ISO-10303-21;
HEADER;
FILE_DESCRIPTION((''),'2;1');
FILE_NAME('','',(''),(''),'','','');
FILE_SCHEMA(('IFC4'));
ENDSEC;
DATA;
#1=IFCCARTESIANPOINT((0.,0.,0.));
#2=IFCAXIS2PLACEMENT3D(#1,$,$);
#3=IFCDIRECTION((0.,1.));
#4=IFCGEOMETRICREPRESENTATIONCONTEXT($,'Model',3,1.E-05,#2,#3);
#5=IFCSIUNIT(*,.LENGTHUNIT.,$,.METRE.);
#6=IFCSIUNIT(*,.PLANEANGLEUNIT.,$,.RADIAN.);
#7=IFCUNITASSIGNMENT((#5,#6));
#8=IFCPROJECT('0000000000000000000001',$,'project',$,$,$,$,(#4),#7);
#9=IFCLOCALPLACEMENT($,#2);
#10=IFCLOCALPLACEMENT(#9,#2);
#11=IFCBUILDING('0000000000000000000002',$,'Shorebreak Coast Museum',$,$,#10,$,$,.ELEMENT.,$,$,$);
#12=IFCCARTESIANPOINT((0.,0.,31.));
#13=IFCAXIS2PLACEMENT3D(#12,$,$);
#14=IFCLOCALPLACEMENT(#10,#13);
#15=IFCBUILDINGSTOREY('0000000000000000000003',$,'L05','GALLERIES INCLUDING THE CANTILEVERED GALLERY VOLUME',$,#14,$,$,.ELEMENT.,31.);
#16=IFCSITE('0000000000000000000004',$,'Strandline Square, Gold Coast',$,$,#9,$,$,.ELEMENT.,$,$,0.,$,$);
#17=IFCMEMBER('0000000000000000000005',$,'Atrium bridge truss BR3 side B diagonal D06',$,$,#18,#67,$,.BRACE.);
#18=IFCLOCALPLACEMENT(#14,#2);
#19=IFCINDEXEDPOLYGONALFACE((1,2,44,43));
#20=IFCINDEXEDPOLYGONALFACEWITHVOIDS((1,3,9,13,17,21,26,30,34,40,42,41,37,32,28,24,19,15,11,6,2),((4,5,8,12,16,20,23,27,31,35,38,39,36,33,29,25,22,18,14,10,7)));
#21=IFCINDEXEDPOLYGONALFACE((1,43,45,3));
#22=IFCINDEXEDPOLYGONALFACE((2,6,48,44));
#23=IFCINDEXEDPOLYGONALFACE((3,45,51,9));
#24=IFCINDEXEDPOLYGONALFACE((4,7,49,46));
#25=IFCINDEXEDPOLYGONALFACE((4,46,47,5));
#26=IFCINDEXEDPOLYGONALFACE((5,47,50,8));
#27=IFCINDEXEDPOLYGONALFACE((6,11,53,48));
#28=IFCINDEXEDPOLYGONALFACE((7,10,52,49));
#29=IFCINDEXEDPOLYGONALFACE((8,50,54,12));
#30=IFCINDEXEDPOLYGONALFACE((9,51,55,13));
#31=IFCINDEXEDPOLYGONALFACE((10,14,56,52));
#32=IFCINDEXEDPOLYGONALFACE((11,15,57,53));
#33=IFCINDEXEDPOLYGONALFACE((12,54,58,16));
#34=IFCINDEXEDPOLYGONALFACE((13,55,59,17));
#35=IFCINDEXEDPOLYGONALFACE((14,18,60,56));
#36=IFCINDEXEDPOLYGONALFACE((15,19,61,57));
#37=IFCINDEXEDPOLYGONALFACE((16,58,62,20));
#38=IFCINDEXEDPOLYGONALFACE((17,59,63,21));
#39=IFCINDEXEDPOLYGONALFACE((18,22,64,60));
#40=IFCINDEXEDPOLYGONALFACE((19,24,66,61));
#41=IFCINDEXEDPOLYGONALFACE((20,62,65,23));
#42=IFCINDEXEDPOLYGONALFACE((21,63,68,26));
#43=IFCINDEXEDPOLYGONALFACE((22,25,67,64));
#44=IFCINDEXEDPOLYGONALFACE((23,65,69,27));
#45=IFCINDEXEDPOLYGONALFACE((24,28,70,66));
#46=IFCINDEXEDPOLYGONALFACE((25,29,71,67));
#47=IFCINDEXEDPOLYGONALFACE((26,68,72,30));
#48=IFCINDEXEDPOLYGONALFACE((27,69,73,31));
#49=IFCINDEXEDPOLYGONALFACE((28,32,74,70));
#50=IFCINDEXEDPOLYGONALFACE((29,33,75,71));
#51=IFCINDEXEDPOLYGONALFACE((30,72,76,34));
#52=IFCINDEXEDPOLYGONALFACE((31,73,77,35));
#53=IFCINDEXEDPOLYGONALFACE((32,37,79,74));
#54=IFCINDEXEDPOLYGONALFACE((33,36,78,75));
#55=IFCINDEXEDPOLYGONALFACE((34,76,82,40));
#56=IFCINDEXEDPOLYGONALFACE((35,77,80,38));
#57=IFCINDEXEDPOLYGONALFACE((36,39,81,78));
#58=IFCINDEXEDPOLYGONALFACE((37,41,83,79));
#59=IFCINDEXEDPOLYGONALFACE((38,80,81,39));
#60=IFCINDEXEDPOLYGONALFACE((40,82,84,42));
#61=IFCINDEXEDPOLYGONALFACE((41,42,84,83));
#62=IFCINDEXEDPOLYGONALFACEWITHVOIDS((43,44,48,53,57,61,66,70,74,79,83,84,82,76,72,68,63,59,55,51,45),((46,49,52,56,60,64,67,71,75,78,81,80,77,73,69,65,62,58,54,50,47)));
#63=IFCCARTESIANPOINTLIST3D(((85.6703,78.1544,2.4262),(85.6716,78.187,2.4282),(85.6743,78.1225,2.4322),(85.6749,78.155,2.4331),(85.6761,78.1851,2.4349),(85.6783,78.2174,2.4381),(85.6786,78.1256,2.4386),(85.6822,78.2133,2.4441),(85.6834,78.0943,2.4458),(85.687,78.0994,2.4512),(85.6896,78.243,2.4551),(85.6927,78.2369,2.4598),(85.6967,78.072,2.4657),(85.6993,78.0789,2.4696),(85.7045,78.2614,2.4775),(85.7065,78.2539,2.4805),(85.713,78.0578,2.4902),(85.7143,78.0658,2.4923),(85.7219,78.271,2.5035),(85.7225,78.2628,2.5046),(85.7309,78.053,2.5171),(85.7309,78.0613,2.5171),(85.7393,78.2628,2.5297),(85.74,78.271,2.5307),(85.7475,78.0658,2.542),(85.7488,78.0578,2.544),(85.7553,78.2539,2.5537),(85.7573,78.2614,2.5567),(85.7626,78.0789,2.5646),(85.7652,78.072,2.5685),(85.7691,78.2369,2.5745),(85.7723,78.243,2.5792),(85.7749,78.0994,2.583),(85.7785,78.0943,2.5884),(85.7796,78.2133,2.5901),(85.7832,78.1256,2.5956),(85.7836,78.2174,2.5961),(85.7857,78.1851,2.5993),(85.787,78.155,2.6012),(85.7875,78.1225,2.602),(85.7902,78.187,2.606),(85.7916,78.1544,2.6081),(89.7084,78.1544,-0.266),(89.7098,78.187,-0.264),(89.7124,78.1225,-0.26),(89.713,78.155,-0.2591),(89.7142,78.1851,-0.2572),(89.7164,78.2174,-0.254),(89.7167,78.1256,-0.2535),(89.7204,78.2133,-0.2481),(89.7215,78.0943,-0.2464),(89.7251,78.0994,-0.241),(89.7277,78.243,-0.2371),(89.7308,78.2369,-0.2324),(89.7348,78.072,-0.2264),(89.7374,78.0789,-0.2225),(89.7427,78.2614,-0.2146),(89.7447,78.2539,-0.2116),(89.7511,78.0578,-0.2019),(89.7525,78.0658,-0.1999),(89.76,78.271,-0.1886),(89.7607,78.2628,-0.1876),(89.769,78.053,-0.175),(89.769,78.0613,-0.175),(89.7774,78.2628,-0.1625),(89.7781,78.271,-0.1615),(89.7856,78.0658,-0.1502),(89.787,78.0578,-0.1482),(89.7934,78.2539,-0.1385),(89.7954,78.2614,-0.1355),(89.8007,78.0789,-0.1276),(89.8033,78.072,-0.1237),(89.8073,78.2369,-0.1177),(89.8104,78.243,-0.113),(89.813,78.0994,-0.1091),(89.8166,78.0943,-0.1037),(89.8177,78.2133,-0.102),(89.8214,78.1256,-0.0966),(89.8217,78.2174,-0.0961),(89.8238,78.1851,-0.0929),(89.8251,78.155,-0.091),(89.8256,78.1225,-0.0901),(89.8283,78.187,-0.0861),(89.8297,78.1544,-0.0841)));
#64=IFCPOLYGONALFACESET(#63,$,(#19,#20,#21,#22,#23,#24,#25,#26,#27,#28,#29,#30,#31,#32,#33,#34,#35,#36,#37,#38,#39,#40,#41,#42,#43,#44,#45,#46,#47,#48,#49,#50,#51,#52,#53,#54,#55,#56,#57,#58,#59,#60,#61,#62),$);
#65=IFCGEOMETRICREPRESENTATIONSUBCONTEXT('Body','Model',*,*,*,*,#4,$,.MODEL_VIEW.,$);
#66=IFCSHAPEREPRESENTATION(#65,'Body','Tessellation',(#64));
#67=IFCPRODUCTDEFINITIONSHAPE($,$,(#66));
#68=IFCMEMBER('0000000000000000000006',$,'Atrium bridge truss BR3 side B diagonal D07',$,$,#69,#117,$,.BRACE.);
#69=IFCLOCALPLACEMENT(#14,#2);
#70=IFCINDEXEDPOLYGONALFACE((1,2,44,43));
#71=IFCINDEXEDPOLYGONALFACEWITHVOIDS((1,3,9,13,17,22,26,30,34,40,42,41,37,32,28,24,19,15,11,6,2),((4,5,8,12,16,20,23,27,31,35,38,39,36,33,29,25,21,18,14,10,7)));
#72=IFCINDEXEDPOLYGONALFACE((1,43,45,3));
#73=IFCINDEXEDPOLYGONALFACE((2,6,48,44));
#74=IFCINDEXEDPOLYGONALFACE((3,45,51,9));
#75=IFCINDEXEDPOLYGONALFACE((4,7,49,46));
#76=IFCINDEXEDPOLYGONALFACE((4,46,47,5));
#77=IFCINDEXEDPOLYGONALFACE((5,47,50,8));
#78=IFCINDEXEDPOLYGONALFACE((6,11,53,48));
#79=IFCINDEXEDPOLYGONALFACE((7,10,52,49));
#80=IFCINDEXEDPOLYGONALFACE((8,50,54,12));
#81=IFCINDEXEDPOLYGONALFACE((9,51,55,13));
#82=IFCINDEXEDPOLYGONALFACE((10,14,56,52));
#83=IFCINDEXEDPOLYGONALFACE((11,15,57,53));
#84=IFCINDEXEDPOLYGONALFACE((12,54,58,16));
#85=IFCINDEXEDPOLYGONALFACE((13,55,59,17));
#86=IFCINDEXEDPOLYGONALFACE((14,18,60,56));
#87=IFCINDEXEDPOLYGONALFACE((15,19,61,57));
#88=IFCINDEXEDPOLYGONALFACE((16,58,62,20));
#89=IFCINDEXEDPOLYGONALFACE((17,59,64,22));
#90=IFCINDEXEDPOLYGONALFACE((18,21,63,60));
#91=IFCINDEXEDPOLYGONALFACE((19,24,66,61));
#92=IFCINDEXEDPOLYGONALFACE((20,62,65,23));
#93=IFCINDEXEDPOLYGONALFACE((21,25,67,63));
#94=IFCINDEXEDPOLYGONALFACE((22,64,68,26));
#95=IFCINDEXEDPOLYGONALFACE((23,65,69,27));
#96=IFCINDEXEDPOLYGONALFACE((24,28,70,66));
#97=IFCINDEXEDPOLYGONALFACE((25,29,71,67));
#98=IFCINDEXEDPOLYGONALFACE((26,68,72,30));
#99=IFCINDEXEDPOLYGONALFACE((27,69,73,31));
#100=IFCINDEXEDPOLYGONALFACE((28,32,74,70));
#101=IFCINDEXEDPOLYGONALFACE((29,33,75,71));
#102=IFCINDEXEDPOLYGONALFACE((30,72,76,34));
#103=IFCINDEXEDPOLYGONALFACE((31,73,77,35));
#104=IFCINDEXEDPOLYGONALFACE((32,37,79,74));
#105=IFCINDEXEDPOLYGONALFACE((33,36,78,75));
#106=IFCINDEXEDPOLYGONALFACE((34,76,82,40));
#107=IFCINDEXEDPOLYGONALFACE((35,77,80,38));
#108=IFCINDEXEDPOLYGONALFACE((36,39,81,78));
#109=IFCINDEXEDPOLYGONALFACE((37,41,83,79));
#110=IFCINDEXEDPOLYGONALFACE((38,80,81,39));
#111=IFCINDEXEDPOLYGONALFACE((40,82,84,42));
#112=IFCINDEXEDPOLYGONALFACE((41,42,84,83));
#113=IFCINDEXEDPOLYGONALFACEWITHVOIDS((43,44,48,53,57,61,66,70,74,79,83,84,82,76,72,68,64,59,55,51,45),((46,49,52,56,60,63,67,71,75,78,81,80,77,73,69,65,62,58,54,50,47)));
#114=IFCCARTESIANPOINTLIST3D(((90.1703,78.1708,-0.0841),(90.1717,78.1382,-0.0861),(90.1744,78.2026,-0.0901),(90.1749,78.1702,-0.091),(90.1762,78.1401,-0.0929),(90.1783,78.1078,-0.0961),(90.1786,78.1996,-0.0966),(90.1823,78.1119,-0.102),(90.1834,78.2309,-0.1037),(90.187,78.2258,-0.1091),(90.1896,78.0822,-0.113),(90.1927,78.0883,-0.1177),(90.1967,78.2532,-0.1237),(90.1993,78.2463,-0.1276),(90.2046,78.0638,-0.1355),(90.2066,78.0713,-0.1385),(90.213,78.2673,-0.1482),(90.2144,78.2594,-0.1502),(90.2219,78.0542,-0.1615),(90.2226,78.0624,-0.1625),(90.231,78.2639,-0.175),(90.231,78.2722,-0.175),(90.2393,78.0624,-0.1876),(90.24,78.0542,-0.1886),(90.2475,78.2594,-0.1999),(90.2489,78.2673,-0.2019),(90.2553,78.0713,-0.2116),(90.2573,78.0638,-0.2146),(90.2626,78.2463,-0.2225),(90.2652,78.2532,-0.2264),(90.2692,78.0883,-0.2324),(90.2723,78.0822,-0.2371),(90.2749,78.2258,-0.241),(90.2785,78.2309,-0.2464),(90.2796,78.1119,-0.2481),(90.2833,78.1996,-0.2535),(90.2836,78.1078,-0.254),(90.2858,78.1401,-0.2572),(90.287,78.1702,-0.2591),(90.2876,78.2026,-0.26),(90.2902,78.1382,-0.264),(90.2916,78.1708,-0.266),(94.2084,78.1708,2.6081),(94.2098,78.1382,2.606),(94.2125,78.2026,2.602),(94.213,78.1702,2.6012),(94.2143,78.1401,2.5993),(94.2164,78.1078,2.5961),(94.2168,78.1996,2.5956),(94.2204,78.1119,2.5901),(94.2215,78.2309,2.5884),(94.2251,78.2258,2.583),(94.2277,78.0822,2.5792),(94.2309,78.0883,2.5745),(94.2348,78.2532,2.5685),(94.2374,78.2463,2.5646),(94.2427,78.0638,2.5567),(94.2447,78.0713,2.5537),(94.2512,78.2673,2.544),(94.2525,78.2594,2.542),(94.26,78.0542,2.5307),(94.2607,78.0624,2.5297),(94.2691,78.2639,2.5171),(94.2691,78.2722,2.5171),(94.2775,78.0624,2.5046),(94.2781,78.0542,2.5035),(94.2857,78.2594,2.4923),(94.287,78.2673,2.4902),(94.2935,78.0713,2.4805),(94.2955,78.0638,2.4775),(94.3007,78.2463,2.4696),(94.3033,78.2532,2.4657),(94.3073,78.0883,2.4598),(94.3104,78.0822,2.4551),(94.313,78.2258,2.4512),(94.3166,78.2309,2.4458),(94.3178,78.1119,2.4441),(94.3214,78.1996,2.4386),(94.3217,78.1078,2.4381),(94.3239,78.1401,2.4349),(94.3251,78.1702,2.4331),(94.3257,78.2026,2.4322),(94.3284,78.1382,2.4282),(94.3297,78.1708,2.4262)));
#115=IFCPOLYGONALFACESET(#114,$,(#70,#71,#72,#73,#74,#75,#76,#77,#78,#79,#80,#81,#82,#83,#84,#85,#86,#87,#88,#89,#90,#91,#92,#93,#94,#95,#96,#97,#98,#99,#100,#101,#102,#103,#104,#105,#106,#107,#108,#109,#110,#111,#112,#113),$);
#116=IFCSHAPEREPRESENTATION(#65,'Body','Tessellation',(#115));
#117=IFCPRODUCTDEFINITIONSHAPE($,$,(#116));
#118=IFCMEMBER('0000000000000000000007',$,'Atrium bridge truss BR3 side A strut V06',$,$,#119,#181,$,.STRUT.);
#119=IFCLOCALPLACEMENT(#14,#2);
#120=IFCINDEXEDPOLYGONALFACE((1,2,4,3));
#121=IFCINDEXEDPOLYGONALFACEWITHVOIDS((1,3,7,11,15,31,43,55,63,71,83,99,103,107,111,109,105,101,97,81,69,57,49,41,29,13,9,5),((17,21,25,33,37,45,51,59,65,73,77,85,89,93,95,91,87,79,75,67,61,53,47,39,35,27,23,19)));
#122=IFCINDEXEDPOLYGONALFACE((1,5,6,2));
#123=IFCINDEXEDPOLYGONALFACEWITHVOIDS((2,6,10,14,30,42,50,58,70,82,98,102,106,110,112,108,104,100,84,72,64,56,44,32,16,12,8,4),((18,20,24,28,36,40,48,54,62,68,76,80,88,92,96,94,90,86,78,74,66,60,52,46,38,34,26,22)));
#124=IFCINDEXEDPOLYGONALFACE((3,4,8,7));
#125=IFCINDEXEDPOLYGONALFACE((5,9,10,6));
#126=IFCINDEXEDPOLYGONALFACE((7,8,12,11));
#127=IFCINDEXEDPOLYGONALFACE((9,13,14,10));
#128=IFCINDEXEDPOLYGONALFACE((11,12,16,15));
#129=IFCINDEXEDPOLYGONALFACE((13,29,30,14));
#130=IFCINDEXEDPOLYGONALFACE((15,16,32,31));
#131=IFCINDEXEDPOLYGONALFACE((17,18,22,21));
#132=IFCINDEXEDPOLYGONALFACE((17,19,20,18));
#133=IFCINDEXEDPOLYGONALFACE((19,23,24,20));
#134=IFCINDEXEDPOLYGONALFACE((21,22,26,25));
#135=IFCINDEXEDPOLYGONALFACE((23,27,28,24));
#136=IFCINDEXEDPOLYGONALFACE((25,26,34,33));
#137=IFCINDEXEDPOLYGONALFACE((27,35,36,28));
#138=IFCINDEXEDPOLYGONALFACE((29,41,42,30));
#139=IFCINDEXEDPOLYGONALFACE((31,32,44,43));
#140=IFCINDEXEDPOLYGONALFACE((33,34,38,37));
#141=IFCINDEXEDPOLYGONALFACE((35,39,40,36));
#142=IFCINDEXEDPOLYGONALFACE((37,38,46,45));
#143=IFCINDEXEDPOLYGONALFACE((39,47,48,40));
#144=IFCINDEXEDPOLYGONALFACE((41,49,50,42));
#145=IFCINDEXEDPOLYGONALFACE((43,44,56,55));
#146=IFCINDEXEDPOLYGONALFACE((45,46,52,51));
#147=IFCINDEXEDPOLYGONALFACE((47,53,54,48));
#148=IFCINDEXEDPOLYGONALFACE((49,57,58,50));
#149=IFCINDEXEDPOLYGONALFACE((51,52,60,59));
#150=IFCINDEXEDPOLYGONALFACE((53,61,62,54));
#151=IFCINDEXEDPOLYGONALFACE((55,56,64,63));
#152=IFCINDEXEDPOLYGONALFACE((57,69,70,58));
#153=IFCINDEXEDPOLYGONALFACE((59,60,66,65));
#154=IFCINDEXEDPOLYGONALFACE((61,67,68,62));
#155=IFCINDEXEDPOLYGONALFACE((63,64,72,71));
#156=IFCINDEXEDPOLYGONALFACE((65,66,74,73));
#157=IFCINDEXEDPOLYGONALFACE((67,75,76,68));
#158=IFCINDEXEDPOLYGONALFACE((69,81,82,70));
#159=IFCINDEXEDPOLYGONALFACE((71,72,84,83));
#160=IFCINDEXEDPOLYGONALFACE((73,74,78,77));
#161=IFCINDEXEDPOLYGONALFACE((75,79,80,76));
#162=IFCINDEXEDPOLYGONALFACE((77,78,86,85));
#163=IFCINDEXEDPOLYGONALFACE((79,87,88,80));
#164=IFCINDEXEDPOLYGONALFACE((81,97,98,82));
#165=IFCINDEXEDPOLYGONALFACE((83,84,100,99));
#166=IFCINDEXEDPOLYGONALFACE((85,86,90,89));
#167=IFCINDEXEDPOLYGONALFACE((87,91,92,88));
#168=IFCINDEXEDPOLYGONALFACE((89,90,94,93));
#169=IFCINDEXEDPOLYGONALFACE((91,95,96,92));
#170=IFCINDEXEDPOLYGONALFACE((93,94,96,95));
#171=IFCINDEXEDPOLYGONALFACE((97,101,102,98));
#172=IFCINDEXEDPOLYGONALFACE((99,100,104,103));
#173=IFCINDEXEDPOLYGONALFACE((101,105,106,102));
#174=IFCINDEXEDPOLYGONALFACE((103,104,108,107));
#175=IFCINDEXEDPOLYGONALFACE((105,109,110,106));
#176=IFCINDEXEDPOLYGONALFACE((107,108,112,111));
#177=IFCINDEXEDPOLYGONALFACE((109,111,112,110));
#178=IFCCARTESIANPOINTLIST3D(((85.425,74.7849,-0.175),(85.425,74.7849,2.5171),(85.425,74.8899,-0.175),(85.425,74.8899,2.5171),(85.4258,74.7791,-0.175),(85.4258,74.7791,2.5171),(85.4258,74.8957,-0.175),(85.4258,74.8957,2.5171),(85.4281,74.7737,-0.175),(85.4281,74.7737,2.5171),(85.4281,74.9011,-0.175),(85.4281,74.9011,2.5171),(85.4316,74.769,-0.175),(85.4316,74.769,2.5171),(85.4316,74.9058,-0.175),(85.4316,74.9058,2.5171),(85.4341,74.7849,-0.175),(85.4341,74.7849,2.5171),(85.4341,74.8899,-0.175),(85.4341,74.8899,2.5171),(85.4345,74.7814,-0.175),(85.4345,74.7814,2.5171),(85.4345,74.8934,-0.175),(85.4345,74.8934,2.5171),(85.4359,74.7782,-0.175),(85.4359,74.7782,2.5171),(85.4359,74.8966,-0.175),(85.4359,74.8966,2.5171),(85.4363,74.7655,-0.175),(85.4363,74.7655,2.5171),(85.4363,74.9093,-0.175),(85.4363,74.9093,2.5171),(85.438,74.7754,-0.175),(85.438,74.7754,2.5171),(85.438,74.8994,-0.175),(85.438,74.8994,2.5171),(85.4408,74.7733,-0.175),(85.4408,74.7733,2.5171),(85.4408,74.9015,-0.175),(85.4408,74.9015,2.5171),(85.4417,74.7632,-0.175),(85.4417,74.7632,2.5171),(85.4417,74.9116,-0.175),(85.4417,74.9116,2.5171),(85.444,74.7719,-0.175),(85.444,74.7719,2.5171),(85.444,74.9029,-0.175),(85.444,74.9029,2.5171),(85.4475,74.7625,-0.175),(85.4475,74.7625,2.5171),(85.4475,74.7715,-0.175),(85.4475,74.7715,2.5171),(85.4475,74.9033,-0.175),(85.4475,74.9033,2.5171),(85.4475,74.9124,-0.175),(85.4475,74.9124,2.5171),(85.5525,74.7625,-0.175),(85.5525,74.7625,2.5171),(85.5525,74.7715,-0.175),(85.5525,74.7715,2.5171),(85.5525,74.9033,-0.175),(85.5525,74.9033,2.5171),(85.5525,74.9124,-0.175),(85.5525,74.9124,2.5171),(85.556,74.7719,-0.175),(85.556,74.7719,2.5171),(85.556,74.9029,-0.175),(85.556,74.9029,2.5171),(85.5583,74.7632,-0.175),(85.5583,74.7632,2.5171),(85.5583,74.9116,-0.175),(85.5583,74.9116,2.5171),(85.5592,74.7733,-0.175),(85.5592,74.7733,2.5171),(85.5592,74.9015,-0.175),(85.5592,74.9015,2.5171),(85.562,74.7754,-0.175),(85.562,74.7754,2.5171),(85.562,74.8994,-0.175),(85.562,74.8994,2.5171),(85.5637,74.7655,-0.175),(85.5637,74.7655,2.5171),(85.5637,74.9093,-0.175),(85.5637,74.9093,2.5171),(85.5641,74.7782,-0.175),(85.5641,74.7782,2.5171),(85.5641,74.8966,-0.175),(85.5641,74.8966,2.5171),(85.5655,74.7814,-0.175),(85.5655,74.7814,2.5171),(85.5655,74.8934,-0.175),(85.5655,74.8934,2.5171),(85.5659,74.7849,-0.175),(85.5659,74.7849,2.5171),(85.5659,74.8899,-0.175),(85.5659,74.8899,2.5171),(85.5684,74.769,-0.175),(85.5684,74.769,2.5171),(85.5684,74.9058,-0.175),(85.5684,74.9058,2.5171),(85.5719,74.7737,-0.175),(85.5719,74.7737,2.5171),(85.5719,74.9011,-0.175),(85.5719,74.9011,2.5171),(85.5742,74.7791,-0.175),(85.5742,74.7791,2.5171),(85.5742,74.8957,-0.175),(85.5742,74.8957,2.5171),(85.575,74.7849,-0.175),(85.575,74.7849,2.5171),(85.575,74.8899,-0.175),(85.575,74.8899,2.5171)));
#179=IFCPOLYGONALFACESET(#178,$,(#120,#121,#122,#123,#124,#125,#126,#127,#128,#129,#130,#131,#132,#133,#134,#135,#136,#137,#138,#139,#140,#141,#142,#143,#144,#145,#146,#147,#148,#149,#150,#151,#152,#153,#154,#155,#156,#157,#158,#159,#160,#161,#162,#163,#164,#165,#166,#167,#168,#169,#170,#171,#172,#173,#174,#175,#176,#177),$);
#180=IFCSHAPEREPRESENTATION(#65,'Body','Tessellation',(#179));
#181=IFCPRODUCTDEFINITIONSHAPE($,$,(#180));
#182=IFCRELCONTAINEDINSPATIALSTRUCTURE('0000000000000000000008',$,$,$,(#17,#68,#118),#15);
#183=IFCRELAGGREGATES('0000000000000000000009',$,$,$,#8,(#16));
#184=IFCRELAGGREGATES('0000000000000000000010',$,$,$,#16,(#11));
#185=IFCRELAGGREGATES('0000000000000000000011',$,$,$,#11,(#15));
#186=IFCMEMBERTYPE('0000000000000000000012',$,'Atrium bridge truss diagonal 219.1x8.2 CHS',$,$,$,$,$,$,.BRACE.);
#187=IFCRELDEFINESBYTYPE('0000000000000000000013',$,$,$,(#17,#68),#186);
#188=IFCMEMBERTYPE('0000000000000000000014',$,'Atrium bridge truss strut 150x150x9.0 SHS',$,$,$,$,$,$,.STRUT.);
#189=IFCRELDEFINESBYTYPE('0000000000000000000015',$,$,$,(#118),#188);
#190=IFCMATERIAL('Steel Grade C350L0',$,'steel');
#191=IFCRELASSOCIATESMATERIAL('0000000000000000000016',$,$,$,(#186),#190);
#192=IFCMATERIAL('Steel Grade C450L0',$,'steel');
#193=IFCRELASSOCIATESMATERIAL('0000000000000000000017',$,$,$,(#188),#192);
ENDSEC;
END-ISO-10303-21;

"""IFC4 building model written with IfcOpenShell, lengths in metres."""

from ifc_helpers import new_model, si_unit, direction, frame, origin, origin_2d, place, context, subcontext, project, spatial, hollow_rectangle, hollow_circle, extrude, material, material_profile, profile_set, type_object, element, save


model = new_model("IFC4")

# Units and contexts
model_context = context("Model", 3, precision=1e-05, world=origin(), true_north=direction((0.0, 1.0)))
body_context = subcontext(model_context, "Body", "Model", "MODEL_VIEW")
ifc_project = project(units=[si_unit("LENGTHUNIT", "METRE"), si_unit("PLANEANGLEUNIT", "RADIAN")], contexts=[model_context])

# Site, building, storey
site_placement = place(None, origin())
site = spatial("IfcSite", under=ifc_project, at=site_placement, Name="Strandline Square, Gold Coast", CompositionType="ELEMENT", RefElevation=0.0)
building_placement = place(site_placement, origin())
building = spatial("IfcBuilding", under=site, at=building_placement, Name="Shorebreak Coast Museum", CompositionType="ELEMENT")
storey_placement = place(building_placement, frame((0.0, 0.0, 31.0)))
storey = spatial("IfcBuildingStorey", under=building, at=storey_placement, Name="L05", Description="GALLERIES INCLUDING THE CANTILEVERED GALLERY VOLUME", CompositionType="ELEMENT", Elevation=31.0)

# Members
ifc_material_1 = material(Name="Steel Grade C350L0", Category="steel")
ifc_material_profile_1 = material_profile(ifc_material_1, hollow_circle(Radius=0.1096, WallThickness=0.0083, at=origin_2d()), Name="219.1x8.2 CHS")
ifc_profile_set_1 = profile_set([ifc_material_profile_1], Name="Steel Grade C350L0")
member_type_1 = type_object("IfcMemberType", Name="Atrium bridge truss diagonal 219.1x8.2 CHS", PredefinedType="BRACE", material=ifc_profile_set_1)
for number, where, z_axis, x_axis, name in (
    (1, (89.769, 78.1626, -0.175), (-0.832043, 0.0, 0.554712), (0.0, -1.0, 0.0), "Atrium bridge truss BR3 side B diagonal D06"),
    (2, (90.231, 78.1626, -0.175), (0.832043, 0.0, 0.554712), (0.0, 1.0, 0.0), "Atrium bridge truss BR3 side B diagonal D07"),
):
    element("IfcMember", number, at=place(storey_placement, frame(where, z_axis=z_axis, x_axis=x_axis)), inside=storey, type_object=member_type_1, Name=name, PredefinedType="BRACE", context=body_context, shape_type="SweptSolid", body=[
        extrude(hollow_circle(Radius=0.1096, WallThickness=0.0083, at=origin_2d()), origin(), (0.0, 0.0, 1.0), 4.8533),
    ])
ifc_material_2 = material(Name="Steel Grade C450L0", Category="steel")
ifc_material_profile_2 = material_profile(ifc_material_2, hollow_rectangle(XDim=0.1499, YDim=0.1499, WallThickness=0.009, InnerFilletRadius=0.0134, OuterFilletRadius=0.0225, at=origin_2d()), Name="150x150x9.0 SHS")
ifc_profile_set_2 = profile_set([ifc_material_profile_2], Name="Steel Grade C450L0")
member_type_2 = type_object("IfcMemberType", Name="Atrium bridge truss strut 150x150x9.0 SHS", PredefinedType="STRUT", material=ifc_profile_set_2)
for number, where, z_axis, x_axis, name in (
    (3, (85.5, 74.8374, -0.175), (0.0, 0.0, 1.0), (1.0, 0.0, 0.0), "Atrium bridge truss BR3 side A strut V06"),
):
    element("IfcMember", number, at=place(storey_placement, frame(where, z_axis=z_axis, x_axis=x_axis)), inside=storey, type_object=member_type_2, Name=name, PredefinedType="STRUT", context=body_context, shape_type="SweptSolid", body=[
        extrude(hollow_rectangle(XDim=0.1499, YDim=0.1499, WallThickness=0.009, InnerFilletRadius=0.0134, OuterFilletRadius=0.0225, at=origin_2d()), origin(), (0.0, 0.0, 1.0), 2.6921),
    ])

save(model, "model.ifc")
